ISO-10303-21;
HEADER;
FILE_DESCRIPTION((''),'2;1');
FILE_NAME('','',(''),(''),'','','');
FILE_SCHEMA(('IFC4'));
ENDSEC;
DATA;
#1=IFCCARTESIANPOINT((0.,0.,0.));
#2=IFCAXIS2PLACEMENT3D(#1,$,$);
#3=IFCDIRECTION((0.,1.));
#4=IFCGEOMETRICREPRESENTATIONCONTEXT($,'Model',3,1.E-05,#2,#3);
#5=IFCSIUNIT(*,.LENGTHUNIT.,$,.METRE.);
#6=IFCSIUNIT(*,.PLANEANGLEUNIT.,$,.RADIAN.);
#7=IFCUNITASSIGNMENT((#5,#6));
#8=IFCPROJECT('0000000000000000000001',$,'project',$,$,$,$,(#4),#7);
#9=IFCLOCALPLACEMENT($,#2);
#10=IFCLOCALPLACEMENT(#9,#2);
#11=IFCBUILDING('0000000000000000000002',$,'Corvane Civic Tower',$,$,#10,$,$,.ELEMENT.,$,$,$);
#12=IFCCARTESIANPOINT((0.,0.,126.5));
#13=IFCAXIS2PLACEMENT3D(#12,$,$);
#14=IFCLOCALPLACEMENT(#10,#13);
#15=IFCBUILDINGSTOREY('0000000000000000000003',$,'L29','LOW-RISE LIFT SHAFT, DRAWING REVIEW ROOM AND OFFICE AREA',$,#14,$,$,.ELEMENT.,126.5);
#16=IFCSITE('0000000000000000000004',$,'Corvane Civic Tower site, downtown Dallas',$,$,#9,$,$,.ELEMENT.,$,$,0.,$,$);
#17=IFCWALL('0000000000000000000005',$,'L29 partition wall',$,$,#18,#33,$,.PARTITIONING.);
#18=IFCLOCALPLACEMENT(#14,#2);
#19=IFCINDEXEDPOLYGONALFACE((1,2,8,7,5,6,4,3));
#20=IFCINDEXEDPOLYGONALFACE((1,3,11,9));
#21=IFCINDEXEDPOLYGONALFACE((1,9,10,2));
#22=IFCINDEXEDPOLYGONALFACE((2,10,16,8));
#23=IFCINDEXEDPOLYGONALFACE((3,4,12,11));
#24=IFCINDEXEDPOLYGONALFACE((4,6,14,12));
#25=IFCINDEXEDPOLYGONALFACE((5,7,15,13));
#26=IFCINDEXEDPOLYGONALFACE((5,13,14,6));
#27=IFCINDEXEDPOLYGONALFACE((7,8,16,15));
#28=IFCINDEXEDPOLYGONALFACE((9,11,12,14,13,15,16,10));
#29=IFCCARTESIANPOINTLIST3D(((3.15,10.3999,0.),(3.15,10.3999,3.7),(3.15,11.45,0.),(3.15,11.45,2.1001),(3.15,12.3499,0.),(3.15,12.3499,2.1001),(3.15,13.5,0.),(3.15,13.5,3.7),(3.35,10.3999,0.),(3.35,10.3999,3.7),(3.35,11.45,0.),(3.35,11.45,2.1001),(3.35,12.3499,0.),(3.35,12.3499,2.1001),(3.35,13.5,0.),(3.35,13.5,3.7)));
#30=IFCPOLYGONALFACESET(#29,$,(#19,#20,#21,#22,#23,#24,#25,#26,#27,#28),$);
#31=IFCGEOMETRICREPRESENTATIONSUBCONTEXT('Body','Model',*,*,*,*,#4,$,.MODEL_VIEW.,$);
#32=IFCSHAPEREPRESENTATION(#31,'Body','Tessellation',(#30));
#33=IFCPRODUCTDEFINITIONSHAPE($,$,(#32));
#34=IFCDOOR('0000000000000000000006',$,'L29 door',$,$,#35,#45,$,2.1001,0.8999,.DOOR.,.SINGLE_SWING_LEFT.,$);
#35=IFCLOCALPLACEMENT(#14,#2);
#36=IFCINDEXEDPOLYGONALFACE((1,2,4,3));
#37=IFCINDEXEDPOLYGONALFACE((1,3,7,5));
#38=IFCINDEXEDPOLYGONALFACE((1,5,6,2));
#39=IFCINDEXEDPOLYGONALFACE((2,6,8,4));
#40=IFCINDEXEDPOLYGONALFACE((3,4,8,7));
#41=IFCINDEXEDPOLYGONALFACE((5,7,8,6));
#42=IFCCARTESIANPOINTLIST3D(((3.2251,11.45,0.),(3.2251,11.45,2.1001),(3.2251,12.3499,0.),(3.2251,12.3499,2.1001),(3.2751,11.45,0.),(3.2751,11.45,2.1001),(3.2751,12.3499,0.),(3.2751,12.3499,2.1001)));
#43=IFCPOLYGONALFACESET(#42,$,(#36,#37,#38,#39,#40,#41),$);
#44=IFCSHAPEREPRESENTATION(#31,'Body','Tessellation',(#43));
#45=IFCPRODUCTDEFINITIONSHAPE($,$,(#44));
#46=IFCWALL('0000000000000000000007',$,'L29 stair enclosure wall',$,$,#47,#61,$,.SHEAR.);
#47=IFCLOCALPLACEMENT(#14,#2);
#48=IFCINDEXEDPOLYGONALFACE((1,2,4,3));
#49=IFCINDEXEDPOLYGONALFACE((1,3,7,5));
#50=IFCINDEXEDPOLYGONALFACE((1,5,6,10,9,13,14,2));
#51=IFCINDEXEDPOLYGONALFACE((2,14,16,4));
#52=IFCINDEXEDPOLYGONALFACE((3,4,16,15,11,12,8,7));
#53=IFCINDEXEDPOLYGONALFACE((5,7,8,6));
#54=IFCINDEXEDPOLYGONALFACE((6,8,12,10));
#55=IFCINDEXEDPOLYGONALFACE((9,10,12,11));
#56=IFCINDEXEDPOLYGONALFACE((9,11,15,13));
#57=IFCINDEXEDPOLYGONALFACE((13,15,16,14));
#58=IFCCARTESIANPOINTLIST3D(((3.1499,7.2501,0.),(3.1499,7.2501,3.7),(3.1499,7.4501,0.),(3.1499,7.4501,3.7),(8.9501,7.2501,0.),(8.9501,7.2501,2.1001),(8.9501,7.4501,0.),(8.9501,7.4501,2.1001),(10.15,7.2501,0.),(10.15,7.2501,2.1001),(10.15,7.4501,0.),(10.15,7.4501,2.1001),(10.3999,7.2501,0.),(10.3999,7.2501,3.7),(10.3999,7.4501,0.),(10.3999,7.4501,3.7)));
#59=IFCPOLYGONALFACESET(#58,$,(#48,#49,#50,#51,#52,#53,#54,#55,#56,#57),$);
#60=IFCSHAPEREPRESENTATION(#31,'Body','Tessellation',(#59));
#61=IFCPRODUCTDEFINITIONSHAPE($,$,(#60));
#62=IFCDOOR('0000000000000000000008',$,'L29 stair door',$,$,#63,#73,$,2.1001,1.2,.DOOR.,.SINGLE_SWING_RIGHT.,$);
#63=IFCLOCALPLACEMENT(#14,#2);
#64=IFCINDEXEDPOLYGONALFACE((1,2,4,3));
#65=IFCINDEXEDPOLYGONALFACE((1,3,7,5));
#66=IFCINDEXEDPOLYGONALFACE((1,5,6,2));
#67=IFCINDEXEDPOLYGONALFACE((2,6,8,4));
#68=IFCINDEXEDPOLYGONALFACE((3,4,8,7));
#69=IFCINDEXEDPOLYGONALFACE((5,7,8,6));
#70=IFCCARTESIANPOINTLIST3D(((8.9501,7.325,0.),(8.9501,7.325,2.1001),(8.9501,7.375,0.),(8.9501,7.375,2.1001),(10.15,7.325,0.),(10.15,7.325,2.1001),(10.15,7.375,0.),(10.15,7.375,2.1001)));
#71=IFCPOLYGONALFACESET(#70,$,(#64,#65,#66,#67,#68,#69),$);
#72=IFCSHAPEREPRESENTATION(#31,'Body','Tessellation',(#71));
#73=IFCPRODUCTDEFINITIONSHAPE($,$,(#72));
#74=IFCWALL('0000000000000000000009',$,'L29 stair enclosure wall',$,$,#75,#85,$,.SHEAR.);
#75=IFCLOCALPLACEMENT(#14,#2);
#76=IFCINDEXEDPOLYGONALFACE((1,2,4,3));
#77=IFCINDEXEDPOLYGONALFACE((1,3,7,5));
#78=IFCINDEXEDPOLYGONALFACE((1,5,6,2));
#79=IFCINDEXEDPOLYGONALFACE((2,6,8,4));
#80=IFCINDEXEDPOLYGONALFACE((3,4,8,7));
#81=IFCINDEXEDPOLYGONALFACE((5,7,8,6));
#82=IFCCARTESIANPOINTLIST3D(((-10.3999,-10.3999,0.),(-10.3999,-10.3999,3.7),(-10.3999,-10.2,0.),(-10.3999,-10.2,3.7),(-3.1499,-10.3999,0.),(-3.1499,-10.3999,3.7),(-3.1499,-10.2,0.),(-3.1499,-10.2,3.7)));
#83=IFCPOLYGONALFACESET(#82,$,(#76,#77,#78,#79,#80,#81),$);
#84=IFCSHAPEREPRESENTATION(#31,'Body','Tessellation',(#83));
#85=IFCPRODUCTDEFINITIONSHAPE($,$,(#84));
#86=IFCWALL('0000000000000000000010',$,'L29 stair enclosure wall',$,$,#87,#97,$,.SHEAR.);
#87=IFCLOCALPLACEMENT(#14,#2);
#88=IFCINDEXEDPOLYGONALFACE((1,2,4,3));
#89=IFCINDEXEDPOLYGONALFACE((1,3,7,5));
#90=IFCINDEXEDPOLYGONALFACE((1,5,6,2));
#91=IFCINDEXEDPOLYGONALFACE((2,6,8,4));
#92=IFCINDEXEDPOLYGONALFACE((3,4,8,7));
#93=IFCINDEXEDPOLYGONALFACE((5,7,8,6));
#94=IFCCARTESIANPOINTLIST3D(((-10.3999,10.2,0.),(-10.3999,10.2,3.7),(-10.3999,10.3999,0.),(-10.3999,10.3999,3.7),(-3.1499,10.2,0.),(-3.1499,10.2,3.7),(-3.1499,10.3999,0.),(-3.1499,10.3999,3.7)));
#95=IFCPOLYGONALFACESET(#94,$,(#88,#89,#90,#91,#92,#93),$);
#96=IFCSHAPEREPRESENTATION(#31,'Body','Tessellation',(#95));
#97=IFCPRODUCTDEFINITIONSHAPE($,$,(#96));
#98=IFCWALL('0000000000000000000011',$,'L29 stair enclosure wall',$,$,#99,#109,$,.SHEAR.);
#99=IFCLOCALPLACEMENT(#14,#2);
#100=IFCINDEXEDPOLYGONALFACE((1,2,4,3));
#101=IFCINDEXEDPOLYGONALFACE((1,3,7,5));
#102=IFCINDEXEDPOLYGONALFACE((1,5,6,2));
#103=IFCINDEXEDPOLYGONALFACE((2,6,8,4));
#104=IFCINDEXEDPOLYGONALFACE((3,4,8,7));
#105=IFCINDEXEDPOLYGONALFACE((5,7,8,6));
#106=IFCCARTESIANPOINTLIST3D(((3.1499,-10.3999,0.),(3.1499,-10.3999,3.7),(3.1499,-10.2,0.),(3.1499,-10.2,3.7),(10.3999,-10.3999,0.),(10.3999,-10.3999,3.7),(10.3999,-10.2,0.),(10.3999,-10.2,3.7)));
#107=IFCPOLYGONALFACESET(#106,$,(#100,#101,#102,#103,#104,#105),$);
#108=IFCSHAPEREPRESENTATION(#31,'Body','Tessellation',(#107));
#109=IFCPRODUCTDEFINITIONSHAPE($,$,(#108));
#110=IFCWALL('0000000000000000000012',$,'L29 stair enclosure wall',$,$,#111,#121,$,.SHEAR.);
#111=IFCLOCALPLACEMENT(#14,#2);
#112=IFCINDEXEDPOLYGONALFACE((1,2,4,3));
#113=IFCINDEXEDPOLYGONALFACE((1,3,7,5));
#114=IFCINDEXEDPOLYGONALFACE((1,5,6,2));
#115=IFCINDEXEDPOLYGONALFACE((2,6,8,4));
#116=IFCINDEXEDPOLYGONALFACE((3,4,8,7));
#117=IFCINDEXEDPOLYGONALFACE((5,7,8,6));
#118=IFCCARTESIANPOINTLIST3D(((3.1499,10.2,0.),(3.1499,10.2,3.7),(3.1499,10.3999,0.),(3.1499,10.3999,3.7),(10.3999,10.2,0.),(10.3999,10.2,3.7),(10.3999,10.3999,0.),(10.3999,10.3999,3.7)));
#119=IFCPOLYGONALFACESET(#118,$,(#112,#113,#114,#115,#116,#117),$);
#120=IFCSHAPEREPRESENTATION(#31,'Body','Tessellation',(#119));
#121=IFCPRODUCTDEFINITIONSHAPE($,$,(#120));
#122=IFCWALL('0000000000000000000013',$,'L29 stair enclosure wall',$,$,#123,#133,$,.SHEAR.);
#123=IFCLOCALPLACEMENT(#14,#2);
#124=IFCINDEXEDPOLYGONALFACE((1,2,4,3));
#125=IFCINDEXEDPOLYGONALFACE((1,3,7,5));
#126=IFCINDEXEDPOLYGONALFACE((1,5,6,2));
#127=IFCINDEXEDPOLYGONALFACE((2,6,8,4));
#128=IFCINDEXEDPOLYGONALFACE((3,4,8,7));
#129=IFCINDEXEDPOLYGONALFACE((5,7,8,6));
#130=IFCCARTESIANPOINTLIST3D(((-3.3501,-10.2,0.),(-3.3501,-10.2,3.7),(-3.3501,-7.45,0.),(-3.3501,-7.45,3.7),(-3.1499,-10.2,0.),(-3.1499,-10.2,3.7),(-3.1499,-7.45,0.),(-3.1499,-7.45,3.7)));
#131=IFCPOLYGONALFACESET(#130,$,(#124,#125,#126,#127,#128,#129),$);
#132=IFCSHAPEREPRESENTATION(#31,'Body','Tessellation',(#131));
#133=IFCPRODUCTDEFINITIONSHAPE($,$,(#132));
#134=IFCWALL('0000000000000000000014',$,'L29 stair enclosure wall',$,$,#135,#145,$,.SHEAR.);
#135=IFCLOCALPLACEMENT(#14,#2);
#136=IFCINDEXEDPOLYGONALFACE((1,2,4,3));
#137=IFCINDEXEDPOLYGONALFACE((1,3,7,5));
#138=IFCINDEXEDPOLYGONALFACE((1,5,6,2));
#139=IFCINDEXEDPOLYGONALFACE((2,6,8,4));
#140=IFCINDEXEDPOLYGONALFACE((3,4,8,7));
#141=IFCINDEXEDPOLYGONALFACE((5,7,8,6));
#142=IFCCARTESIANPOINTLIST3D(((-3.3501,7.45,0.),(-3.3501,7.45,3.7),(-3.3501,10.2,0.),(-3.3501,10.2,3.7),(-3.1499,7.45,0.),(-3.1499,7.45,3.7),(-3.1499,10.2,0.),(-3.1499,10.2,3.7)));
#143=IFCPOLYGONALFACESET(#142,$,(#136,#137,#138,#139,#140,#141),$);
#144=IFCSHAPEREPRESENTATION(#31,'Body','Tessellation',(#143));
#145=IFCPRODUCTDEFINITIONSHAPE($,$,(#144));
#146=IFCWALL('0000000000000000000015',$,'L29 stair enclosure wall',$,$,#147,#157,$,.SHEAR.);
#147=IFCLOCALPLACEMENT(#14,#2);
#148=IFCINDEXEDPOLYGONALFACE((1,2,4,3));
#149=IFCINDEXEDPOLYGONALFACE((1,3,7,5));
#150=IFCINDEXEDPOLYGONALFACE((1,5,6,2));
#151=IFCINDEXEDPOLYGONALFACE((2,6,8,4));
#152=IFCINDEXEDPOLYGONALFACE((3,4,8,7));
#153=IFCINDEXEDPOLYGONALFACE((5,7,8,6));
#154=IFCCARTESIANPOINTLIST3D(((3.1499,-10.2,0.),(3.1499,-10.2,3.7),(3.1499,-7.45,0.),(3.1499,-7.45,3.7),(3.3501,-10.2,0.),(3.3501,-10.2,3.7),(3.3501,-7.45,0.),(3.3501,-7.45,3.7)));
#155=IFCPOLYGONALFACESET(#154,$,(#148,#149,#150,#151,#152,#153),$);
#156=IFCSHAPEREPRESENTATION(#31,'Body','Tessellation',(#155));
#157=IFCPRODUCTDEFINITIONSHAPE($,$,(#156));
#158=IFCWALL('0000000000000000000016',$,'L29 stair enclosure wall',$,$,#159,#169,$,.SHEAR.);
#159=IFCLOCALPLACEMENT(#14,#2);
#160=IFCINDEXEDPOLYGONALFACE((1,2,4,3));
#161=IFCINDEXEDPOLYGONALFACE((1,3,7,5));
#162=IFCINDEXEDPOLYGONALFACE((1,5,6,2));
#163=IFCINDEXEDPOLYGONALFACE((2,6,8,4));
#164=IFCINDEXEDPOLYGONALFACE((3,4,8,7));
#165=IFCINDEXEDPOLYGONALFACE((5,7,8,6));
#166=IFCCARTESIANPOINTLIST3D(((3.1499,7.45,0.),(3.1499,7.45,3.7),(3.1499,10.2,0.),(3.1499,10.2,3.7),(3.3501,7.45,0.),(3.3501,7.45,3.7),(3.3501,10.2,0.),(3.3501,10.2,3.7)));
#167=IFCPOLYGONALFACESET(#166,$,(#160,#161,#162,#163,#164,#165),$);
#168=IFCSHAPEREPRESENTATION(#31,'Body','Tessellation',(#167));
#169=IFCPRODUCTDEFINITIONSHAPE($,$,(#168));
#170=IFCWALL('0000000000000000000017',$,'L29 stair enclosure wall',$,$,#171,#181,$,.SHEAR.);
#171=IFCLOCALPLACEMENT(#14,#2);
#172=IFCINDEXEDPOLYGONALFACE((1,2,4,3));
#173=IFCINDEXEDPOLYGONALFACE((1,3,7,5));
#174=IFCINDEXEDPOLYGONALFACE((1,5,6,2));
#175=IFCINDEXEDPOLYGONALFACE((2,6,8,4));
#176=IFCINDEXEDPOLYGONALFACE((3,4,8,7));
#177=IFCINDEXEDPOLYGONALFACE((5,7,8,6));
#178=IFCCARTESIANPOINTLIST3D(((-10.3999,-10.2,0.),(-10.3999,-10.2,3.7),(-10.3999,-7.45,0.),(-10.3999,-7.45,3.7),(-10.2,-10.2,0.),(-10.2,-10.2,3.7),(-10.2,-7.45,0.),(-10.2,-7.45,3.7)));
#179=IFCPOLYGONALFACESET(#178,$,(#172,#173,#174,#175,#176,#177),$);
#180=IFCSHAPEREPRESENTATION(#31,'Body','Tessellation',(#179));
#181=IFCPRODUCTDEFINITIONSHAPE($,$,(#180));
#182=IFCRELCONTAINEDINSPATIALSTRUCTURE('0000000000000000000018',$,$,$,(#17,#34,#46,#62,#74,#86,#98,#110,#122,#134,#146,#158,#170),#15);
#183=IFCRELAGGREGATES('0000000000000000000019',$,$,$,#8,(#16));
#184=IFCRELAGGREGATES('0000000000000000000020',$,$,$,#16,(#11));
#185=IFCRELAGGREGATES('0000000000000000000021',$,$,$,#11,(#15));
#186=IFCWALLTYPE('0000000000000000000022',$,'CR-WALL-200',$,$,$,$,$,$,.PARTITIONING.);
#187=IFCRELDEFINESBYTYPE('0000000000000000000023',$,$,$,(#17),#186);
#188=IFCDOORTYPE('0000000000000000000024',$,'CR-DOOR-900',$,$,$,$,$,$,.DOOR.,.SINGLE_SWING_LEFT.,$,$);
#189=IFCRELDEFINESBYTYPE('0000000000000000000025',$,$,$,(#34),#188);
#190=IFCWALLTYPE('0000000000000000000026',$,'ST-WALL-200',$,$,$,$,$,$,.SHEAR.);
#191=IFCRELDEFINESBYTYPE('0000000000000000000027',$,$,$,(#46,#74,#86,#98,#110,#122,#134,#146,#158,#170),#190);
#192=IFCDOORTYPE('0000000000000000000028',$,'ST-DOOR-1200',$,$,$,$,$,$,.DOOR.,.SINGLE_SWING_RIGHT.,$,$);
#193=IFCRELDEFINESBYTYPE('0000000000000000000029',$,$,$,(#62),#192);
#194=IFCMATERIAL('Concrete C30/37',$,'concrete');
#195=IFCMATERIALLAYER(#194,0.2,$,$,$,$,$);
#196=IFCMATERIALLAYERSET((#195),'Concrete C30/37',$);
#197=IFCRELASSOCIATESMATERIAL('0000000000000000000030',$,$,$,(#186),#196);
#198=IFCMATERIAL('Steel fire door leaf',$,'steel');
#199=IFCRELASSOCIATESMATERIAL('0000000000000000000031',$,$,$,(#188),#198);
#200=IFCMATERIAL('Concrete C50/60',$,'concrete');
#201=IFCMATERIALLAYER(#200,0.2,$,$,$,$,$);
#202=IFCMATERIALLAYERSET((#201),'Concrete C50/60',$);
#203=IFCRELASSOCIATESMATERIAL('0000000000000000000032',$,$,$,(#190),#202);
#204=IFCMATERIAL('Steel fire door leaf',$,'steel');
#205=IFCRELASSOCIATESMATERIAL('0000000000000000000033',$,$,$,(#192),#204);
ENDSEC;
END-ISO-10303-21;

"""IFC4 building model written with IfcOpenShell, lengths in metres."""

from ifc_helpers import new_model, si_unit, direction, frame, frame_2d, origin, place, context, subcontext, project, spatial, polyline, rectangle, outline, extrude, material, layer, layer_set, type_object, element, fill, save


model = new_model("IFC4")

# Units and contexts
model_context = context("Model", 3, precision=1e-05, world=origin(), true_north=direction((0.0, 1.0)))
body_context = subcontext(model_context, "Body", "Model", "MODEL_VIEW")
ifc_project = project(units=[si_unit("LENGTHUNIT", "METRE"), si_unit("PLANEANGLEUNIT", "RADIAN")], contexts=[model_context])

# Site, building, storey
site_placement = place(None, origin())
site = spatial("IfcSite", under=ifc_project, at=site_placement, Name="Corvane Civic Tower site, downtown Dallas", CompositionType="ELEMENT", RefElevation=0.0)
building_placement = place(site_placement, origin())
building = spatial("IfcBuilding", under=site, at=building_placement, Name="Corvane Civic Tower", CompositionType="ELEMENT")
storey_placement = place(building_placement, frame((0.0, 0.0, 126.5)))
storey = spatial("IfcBuildingStorey", under=building, at=storey_placement, Name="L29", Description="LOW-RISE LIFT SHAFT, DRAWING REVIEW ROOM AND OFFICE AREA", CompositionType="ELEMENT", Elevation=126.5)

# Walls, openings, doors
ifc_material_1 = material(Name="Concrete C30/37", Category="concrete")
ifc_layer_1 = layer(ifc_material_1, 0.2)
ifc_layer_set_1 = layer_set([ifc_layer_1], Name="Concrete C30/37")
wall_type_1 = type_object("IfcWallType", Name="CR-WALL-200", PredefinedType="PARTITIONING", material=ifc_layer_set_1)
wall_1_placement = place(storey_placement, frame((3.25, 10.3999, 0.0), z_axis=(0.0, 0.0, 1.0), x_axis=(0.0, 1.0, 0.0)))
wall_1 = element("IfcWall", 1, at=wall_1_placement, inside=storey, type_object=wall_type_1, Name="L29 partition wall", PredefinedType="PARTITIONING", context=body_context, shape_type="SweptSolid", body=[
    extrude(rectangle(XDim=3.1001, YDim=0.2, at=frame_2d((1.55, 0.0))), origin(), (0.0, 0.0, 1.0), 3.7),
])
opening_1_placement = place(wall_1_placement, frame((1.05, 0.0, 0.0)))
opening_1 = element("IfcOpeningElement", 2, at=opening_1_placement, cuts=wall_1, PredefinedType="OPENING", context=body_context, shape_type="SweptSolid", body=[
    extrude(rectangle(XDim=0.8999, YDim=2.1001, at=frame_2d((0.45, 1.05))), frame((0.0, 0.1099, 0.0), z_axis=(0.0, -1.0, 0.0), x_axis=(1.0, 0.0, 0.0)), (0.0, 0.0, 1.0), 0.22),
])
ifc_material_2 = material(Name="Steel fire door leaf", Category="steel")
door_type_1 = type_object("IfcDoorType", Name="CR-DOOR-900", OperationType="SINGLE_SWING_LEFT", PredefinedType="DOOR", material=ifc_material_2)
door_1_placement = place(opening_1_placement, origin())
door_1 = element("IfcDoor", 3, at=door_1_placement, inside=storey, type_object=door_type_1, Name="L29 door", OperationType="SINGLE_SWING_LEFT", OverallHeight=2.1001, OverallWidth=0.8999, PredefinedType="DOOR", context=body_context, shape_type="SweptSolid", body=[
    extrude(rectangle(XDim=0.8999, YDim=2.1001, at=frame_2d((0.45, 1.05))), frame((0.0, 0.0249, 0.0), z_axis=(0.0, -1.0, 0.0), x_axis=(1.0, 0.0, 0.0)), (0.0, 0.0, 1.0), 0.05),
])
fill(opening_1, door_1)
ifc_material_3 = material(Name="Concrete C50/60", Category="concrete")
ifc_layer_2 = layer(ifc_material_3, 0.2)
ifc_layer_set_2 = layer_set([ifc_layer_2], Name="Concrete C50/60")
wall_type_2 = type_object("IfcWallType", Name="ST-WALL-200", PredefinedType="SHEAR", material=ifc_layer_set_2)
wall_2_placement = place(storey_placement, frame((3.1499, 7.3501, 0.0), z_axis=(0.0, 0.0, 1.0), x_axis=(1.0, 0.0, 0.0)))
wall_2 = element("IfcWall", 4, at=wall_2_placement, inside=storey, type_object=wall_type_2, Name="L29 stair enclosure wall", PredefinedType="SHEAR", context=body_context, shape_type="SweptSolid", body=[
    extrude(rectangle(XDim=7.25, YDim=0.2, at=frame_2d((3.625, 0.0))), origin(), (0.0, 0.0, 1.0), 3.7),
])
opening_2_placement = place(wall_2_placement, frame((5.8, 0.0, 0.0)))
opening_2 = element("IfcOpeningElement", 5, at=opening_2_placement, cuts=wall_2, PredefinedType="OPENING", context=body_context, shape_type="SweptSolid", body=[
    extrude(rectangle(XDim=1.2, YDim=2.1001, at=frame_2d((0.6001, 1.05))), frame((0.0, 0.1099, 0.0), z_axis=(0.0, -1.0, 0.0), x_axis=(1.0, 0.0, 0.0)), (0.0, 0.0, 1.0), 0.22),
])
ifc_material_4 = material(Name="Steel fire door leaf", Category="steel")
door_type_2 = type_object("IfcDoorType", Name="ST-DOOR-1200", OperationType="SINGLE_SWING_RIGHT", PredefinedType="DOOR", material=ifc_material_4)
door_2_placement = place(opening_2_placement, origin())
door_2 = element("IfcDoor", 6, at=door_2_placement, inside=storey, type_object=door_type_2, Name="L29 stair door", OperationType="SINGLE_SWING_RIGHT", OverallHeight=2.1001, OverallWidth=1.2, PredefinedType="DOOR", context=body_context, shape_type="SweptSolid", body=[
    extrude(rectangle(XDim=1.2, YDim=2.1001, at=frame_2d((0.6001, 1.05))), frame((0.0, 0.0249, 0.0), z_axis=(0.0, -1.0, 0.0), x_axis=(1.0, 0.0, 0.0)), (0.0, 0.0, 1.0), 0.05),
])
fill(opening_2, door_2)

# Walls
wall_3_placement = place(storey_placement, origin())
element("IfcWall", 7, at=wall_3_placement, inside=storey, type_object=wall_type_2, Name="L29 stair enclosure wall", PredefinedType="SHEAR", context=body_context, shape_type="SweptSolid", body=[
    extrude(outline(polyline([(-3.1499, -10.2), (-3.1499, -10.3999), (-10.3999, -10.3999), (-10.3999, -10.2), (-3.1499, -10.2)])), origin(), (0.0, 0.0, 1.0), 3.7),
])
wall_4_placement = place(storey_placement, origin())
element("IfcWall", 8, at=wall_4_placement, inside=storey, type_object=wall_type_2, Name="L29 stair enclosure wall", PredefinedType="SHEAR", context=body_context, shape_type="SweptSolid", body=[
    extrude(outline(polyline([(-3.1499, 10.2), (-10.3999, 10.2), (-10.3999, 10.3999), (-3.1499, 10.3999), (-3.1499, 10.2)])), origin(), (0.0, 0.0, 1.0), 3.7),
])
wall_5_placement = place(storey_placement, origin())
element("IfcWall", 9, at=wall_5_placement, inside=storey, type_object=wall_type_2, Name="L29 stair enclosure wall", PredefinedType="SHEAR", context=body_context, shape_type="SweptSolid", body=[
    extrude(outline(polyline([(10.3999, -10.3999), (3.1499, -10.3999), (3.1499, -10.2), (10.3999, -10.2), (10.3999, -10.3999)])), origin(), (0.0, 0.0, 1.0), 3.7),
])
wall_6_placement = place(storey_placement, origin())
element("IfcWall", 10, at=wall_6_placement, inside=storey, type_object=wall_type_2, Name="L29 stair enclosure wall", PredefinedType="SHEAR", context=body_context, shape_type="SweptSolid", body=[
    extrude(outline(polyline([(10.3999, 10.2), (3.1499, 10.2), (3.1499, 10.3999), (10.3999, 10.3999), (10.3999, 10.2)])), origin(), (0.0, 0.0, 1.0), 3.7),
])
wall_7_placement = place(storey_placement, origin())
element("IfcWall", 11, at=wall_7_placement, inside=storey, type_object=wall_type_2, Name="L29 stair enclosure wall", PredefinedType="SHEAR", context=body_context, shape_type="SweptSolid", body=[
    extrude(outline(polyline([(-3.1499, -7.45), (-3.1499, -10.2), (-3.3501, -10.2), (-3.3501, -7.45), (-3.1499, -7.45)])), origin(), (0.0, 0.0, 1.0), 3.7),
])
wall_8_placement = place(storey_placement, origin())
element("IfcWall", 12, at=wall_8_placement, inside=storey, type_object=wall_type_2, Name="L29 stair enclosure wall", PredefinedType="SHEAR", context=body_context, shape_type="SweptSolid", body=[
    extrude(outline(polyline([(-3.1499, 7.45), (-3.3501, 7.45), (-3.3501, 10.2), (-3.1499, 10.2), (-3.1499, 7.45)])), origin(), (0.0, 0.0, 1.0), 3.7),
])
wall_9_placement = place(storey_placement, origin())
element("IfcWall", 13, at=wall_9_placement, inside=storey, type_object=wall_type_2, Name="L29 stair enclosure wall", PredefinedType="SHEAR", context=body_context, shape_type="SweptSolid", body=[
    extrude(outline(polyline([(3.3501, -7.45), (3.3501, -10.2), (3.1499, -10.2), (3.1499, -7.45), (3.3501, -7.45)])), origin(), (0.0, 0.0, 1.0), 3.7),
])
wall_10_placement = place(storey_placement, origin())
element("IfcWall", 14, at=wall_10_placement, inside=storey, type_object=wall_type_2, Name="L29 stair enclosure wall", PredefinedType="SHEAR", context=body_context, shape_type="SweptSolid", body=[
    extrude(outline(polyline([(3.3501, 7.45), (3.1499, 7.45), (3.1499, 10.2), (3.3501, 10.2), (3.3501, 7.45)])), origin(), (0.0, 0.0, 1.0), 3.7),
])
wall_11_placement = place(storey_placement, origin())
element("IfcWall", 15, at=wall_11_placement, inside=storey, type_object=wall_type_2, Name="L29 stair enclosure wall", PredefinedType="SHEAR", context=body_context, shape_type="SweptSolid", body=[
    extrude(outline(polyline([(-10.2, -7.45), (-10.2, -10.2), (-10.3999, -10.2), (-10.3999, -7.45), (-10.2, -7.45)])), origin(), (0.0, 0.0, 1.0), 3.7),
])

save(model, "model.ifc")
